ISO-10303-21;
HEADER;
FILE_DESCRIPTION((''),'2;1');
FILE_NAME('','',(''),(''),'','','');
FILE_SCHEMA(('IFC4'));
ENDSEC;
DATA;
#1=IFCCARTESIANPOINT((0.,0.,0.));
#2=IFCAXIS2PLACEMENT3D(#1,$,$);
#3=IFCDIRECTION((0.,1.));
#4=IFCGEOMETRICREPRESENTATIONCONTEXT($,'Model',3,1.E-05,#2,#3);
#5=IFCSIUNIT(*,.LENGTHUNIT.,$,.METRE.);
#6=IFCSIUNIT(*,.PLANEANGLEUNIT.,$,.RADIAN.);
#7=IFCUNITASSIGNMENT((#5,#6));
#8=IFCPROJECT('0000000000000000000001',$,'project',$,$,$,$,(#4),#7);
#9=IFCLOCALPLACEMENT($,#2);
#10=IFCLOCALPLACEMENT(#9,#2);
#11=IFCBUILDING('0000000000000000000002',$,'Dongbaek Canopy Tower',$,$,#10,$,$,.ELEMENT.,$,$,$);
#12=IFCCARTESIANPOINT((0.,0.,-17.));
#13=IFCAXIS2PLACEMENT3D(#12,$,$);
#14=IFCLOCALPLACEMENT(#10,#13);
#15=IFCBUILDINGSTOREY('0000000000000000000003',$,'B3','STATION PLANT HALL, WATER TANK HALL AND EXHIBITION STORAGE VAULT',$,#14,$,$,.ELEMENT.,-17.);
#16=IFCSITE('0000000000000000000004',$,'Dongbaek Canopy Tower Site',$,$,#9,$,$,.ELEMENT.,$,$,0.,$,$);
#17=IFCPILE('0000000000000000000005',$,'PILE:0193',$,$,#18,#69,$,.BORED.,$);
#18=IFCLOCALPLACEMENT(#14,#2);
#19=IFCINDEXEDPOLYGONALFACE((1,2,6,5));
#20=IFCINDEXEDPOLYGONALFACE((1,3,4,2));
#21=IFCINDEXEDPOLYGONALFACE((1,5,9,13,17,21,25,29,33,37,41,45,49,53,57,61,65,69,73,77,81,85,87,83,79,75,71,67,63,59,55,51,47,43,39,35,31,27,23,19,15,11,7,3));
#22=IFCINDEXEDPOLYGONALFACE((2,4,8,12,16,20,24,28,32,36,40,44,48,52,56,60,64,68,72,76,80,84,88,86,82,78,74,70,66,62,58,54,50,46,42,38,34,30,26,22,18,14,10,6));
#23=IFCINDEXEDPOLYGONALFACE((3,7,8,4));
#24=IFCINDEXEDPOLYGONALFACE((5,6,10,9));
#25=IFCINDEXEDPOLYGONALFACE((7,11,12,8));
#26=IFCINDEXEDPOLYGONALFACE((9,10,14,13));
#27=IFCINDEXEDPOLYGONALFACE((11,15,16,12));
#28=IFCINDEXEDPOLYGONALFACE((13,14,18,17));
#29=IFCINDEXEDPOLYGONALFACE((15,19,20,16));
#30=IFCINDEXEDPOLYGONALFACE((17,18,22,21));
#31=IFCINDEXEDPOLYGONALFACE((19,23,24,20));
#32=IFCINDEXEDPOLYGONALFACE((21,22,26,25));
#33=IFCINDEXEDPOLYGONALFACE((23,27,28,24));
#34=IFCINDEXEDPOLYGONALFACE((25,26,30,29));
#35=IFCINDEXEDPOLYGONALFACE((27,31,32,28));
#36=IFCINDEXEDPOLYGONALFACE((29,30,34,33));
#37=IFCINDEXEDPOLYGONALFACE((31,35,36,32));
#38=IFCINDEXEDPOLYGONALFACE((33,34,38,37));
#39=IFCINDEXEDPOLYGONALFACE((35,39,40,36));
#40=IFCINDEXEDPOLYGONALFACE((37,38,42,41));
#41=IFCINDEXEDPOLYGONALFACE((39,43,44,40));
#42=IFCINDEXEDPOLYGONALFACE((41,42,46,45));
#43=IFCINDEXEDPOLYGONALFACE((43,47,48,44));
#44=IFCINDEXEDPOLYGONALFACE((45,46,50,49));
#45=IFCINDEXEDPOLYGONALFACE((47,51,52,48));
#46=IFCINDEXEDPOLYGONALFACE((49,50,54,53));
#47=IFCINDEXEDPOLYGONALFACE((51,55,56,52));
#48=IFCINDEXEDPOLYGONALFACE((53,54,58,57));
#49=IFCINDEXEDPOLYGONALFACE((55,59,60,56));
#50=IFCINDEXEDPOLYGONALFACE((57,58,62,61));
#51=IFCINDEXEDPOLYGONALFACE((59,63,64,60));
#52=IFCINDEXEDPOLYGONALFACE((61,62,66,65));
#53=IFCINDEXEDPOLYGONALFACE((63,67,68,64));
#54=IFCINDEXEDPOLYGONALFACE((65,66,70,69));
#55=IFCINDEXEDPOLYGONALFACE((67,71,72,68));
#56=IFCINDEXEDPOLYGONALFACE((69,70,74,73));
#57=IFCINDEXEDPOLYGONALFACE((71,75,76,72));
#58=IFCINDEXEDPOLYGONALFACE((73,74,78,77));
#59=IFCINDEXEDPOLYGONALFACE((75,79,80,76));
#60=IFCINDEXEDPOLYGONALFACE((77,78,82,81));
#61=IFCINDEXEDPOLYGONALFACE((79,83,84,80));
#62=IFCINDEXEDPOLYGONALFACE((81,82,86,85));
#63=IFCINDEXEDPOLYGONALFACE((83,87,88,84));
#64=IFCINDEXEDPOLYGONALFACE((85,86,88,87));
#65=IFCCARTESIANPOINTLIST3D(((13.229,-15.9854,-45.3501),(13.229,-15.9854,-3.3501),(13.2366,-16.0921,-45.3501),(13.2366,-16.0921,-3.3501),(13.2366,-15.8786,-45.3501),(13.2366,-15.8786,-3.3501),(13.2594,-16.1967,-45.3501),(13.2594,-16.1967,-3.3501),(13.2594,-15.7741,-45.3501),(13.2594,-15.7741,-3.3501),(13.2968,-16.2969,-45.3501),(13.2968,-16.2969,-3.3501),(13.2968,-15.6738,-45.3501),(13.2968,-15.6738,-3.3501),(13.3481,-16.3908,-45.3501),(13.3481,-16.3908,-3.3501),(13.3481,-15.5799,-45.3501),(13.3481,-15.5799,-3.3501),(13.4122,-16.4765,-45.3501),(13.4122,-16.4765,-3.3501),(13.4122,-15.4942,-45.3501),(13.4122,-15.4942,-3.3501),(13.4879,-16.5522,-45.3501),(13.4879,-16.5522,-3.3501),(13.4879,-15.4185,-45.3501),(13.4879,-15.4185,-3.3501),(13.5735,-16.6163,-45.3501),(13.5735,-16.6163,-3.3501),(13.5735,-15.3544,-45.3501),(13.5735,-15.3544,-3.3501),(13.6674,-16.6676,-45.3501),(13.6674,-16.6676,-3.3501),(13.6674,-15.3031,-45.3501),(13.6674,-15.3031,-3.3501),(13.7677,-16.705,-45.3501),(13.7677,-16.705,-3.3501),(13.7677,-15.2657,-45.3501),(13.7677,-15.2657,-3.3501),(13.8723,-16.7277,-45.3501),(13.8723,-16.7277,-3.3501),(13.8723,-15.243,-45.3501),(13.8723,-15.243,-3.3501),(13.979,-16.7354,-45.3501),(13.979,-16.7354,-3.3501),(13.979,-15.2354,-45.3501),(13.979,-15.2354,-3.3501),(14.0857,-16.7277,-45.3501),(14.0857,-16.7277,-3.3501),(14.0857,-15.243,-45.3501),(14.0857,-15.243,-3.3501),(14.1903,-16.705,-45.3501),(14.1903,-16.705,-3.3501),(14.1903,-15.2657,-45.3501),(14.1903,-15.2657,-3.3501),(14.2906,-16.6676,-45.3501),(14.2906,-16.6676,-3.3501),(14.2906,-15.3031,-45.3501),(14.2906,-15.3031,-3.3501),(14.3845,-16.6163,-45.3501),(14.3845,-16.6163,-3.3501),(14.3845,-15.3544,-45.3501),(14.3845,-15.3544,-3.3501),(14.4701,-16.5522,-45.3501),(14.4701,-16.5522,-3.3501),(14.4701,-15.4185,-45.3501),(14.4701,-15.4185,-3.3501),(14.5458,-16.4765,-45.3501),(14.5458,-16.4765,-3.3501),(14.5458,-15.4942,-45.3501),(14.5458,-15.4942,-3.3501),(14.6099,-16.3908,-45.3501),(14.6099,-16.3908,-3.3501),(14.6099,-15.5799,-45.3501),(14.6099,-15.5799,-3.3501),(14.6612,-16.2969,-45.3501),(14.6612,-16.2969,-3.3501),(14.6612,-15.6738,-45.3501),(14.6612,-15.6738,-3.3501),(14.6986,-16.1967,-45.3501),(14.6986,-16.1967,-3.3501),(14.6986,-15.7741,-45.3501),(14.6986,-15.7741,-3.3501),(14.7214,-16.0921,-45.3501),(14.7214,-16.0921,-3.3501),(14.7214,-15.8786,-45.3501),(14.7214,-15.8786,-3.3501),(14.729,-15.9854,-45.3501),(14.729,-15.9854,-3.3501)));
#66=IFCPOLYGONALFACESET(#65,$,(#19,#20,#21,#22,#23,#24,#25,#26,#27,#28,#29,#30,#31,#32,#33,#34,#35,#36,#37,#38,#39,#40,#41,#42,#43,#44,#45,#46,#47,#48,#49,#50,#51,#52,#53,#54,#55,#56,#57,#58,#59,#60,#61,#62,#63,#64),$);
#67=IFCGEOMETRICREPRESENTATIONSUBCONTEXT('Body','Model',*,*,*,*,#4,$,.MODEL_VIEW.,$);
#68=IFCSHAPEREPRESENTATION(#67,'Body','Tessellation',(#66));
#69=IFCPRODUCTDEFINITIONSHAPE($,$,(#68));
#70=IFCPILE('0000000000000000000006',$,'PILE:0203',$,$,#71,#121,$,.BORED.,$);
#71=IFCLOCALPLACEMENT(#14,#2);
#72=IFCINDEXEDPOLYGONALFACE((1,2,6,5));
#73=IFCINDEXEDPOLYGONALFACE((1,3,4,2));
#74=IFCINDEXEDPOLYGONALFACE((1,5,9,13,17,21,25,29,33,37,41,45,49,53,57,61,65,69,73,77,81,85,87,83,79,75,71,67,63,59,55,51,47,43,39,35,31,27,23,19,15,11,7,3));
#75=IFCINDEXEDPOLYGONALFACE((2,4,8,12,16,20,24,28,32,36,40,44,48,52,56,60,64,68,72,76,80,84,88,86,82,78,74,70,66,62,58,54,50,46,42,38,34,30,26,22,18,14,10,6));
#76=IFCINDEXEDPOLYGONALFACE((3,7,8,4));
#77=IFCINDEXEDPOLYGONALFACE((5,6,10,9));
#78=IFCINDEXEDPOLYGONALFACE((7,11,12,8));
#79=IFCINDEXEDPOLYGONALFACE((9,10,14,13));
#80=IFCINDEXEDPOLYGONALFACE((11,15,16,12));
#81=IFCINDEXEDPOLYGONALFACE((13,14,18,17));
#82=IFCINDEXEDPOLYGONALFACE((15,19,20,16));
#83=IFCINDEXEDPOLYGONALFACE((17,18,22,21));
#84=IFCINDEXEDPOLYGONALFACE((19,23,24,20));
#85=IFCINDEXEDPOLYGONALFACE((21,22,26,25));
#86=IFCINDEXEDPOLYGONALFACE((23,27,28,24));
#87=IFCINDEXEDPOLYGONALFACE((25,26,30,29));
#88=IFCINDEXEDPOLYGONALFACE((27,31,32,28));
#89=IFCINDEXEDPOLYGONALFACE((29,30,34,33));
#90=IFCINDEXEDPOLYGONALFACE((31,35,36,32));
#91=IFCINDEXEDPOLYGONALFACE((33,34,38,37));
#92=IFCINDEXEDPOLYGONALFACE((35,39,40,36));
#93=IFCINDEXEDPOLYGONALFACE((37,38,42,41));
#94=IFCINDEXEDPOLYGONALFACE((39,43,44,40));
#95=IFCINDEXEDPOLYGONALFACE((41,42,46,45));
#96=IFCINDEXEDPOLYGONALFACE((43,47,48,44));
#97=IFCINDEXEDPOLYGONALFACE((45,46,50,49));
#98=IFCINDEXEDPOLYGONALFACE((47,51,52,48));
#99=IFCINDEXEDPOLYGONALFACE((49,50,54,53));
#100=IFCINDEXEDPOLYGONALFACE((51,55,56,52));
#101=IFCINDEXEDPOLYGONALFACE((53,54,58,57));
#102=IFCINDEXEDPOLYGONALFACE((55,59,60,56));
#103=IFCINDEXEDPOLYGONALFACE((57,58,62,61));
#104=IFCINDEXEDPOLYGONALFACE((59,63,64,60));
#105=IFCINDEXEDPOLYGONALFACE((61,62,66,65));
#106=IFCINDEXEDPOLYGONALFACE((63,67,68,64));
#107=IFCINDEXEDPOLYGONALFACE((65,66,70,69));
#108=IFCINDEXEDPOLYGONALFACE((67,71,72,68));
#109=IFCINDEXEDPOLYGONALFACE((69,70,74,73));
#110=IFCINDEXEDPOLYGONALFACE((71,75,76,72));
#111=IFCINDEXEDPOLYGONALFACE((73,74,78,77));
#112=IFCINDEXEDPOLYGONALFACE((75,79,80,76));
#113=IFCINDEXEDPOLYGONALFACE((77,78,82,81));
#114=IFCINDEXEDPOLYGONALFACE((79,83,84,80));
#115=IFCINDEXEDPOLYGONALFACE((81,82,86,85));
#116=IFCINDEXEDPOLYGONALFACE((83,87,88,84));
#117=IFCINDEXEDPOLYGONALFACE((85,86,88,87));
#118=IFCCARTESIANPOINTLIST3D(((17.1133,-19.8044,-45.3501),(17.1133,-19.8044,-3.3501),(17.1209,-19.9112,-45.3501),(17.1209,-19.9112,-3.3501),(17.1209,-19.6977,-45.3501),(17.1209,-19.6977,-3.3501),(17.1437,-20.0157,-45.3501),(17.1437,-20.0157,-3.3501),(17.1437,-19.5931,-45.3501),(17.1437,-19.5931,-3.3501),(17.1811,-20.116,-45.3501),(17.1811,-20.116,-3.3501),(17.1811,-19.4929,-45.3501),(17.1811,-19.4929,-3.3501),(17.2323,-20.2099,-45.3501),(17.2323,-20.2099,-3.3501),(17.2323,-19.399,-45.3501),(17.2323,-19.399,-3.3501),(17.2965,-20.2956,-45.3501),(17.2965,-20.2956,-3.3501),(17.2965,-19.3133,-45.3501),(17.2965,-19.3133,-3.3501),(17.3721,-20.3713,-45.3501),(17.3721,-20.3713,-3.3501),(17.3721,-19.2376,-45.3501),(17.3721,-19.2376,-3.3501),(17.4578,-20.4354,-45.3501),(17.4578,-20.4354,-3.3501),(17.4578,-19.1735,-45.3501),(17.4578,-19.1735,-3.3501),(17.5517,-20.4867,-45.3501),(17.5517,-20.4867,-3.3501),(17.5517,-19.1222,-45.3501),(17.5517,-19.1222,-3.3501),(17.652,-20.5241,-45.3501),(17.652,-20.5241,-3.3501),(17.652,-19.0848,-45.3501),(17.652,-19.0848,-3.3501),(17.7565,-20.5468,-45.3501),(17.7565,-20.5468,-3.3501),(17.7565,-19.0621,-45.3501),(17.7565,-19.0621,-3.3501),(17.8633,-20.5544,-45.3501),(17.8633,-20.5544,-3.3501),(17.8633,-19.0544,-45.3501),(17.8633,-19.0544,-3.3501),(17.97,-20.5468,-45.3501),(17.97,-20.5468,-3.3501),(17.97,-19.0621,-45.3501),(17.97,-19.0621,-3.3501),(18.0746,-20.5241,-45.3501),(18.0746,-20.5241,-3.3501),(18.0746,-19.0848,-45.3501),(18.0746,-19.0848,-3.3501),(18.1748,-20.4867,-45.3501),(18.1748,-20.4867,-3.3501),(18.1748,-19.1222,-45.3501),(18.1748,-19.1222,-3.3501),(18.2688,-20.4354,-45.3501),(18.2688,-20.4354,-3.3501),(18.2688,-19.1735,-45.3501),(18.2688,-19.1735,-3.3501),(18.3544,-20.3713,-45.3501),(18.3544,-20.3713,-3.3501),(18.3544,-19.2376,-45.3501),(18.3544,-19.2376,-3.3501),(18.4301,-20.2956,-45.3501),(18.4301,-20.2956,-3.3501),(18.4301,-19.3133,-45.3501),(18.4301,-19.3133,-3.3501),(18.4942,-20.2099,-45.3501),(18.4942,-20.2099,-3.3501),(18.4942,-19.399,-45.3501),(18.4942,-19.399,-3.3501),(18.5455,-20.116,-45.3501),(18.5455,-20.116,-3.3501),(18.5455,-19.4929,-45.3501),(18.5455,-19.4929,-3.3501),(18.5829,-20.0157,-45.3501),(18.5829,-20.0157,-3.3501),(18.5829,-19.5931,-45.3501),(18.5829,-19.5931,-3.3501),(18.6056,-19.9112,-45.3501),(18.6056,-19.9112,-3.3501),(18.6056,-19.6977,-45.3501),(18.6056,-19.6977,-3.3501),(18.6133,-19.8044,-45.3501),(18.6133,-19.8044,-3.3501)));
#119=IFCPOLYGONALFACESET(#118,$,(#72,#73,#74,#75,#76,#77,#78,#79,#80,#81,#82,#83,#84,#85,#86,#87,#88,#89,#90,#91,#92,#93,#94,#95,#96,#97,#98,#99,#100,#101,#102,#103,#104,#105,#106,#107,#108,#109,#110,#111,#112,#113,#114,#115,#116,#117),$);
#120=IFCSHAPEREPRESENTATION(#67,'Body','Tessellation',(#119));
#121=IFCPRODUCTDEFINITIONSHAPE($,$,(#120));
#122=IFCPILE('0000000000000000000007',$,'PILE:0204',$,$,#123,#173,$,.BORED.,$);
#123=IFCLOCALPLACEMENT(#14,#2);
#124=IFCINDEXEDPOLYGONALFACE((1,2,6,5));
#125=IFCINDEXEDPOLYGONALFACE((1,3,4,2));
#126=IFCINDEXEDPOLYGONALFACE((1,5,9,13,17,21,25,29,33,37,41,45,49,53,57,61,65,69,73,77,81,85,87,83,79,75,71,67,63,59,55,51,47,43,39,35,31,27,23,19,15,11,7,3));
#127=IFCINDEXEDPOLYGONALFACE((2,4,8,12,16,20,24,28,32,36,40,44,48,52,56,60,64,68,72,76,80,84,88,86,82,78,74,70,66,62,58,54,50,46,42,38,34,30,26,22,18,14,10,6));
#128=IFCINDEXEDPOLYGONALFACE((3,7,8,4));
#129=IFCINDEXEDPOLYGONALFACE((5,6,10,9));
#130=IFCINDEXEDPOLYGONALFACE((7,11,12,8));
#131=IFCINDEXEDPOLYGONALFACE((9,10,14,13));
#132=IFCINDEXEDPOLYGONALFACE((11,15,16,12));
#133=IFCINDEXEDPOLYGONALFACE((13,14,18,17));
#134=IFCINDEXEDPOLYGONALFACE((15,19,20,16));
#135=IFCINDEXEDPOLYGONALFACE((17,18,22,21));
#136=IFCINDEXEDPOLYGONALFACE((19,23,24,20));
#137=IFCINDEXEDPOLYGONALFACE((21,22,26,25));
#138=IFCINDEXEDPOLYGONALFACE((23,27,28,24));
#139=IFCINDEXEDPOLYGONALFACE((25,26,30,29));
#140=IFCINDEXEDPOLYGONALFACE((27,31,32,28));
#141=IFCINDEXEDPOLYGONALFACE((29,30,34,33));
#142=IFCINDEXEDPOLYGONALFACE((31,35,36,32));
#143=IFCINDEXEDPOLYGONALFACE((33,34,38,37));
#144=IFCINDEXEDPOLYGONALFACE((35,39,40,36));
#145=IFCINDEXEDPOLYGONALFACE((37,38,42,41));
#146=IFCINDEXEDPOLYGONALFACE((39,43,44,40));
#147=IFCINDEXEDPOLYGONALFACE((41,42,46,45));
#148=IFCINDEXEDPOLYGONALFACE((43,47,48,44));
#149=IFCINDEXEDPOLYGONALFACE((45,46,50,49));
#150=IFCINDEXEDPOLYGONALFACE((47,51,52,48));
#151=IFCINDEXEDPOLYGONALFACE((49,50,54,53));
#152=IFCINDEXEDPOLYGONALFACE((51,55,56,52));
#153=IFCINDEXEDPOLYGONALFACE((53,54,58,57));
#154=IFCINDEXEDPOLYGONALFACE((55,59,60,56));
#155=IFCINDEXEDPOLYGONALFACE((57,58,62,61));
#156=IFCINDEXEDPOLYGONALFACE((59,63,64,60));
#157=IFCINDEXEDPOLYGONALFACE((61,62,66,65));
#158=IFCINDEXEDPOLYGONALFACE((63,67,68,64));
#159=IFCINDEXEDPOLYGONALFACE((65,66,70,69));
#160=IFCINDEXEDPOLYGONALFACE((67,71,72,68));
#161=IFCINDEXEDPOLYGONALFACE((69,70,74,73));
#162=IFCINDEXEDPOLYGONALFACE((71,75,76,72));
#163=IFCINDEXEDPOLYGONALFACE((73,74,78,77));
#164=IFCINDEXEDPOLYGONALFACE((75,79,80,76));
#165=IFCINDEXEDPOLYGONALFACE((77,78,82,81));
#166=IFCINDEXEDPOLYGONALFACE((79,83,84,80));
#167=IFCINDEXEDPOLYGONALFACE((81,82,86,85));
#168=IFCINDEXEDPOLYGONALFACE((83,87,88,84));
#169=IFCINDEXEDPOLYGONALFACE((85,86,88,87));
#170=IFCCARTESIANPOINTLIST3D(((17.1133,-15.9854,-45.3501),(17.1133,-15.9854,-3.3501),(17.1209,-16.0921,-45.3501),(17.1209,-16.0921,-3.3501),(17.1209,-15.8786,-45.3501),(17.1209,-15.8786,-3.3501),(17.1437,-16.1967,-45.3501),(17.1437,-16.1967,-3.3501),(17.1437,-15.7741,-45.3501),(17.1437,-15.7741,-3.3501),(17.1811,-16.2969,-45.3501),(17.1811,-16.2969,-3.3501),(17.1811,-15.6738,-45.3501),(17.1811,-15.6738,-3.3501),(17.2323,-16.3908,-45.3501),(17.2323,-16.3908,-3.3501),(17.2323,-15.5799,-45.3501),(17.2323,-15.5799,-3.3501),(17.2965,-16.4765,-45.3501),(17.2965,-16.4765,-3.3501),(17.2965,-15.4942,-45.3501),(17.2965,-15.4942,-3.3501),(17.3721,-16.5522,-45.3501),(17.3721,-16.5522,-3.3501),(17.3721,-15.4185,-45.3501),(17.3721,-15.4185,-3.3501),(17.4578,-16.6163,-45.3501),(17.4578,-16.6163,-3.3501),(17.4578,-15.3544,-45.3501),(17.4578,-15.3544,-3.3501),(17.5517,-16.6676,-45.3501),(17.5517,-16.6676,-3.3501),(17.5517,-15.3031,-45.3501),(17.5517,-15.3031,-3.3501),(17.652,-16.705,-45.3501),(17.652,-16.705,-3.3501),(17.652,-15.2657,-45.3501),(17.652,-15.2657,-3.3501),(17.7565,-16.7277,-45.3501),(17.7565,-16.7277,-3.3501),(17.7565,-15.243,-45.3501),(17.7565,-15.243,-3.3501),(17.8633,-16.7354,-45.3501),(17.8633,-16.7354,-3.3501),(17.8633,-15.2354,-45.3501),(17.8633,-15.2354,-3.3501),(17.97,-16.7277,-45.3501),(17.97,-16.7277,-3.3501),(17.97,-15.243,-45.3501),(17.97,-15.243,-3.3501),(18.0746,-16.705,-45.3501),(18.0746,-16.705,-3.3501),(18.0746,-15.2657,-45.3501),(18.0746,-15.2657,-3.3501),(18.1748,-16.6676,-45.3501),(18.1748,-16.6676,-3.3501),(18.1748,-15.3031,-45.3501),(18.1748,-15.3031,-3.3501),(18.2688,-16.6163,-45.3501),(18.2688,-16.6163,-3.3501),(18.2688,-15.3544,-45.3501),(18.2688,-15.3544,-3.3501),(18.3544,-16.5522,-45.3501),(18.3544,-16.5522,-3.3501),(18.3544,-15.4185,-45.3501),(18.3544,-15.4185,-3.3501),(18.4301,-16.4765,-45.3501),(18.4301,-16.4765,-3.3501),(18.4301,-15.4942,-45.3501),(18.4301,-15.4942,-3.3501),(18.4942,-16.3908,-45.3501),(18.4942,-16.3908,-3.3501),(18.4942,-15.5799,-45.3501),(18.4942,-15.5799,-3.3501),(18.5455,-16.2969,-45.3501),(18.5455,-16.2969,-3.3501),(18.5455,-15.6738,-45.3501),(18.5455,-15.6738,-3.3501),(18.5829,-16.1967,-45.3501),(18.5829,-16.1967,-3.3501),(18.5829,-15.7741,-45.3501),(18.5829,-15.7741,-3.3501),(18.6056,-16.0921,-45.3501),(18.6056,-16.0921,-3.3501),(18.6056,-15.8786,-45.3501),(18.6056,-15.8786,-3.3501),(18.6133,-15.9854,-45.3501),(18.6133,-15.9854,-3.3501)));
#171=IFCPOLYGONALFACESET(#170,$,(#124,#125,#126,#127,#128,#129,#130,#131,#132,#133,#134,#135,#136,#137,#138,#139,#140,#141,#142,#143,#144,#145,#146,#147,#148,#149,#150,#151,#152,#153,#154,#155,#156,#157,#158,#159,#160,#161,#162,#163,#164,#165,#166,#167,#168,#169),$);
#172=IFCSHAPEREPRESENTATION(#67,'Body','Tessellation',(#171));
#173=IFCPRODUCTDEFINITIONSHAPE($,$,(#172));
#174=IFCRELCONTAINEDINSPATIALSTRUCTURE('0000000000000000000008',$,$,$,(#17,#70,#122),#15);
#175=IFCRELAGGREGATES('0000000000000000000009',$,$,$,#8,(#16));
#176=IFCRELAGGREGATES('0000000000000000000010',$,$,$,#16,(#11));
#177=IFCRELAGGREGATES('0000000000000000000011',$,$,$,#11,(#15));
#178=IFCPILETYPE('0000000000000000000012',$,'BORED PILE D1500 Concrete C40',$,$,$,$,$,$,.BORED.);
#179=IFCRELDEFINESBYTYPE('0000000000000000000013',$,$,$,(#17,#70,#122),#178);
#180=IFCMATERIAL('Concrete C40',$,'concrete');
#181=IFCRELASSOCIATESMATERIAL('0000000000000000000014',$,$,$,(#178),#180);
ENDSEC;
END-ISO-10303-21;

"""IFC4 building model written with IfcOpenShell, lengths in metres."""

from ifc_helpers import new_model, si_unit, direction, frame, origin, origin_2d, place, context, subcontext, project, spatial, circle, extrude, material, material_profile, profile_set, type_object, element, save


model = new_model("IFC4")

# Units and contexts
model_context = context("Model", 3, precision=1e-05, world=origin(), true_north=direction((0.0, 1.0)))
body_context = subcontext(model_context, "Body", "Model", "MODEL_VIEW")
ifc_project = project(units=[si_unit("LENGTHUNIT", "METRE"), si_unit("PLANEANGLEUNIT", "RADIAN")], contexts=[model_context])

# Site, building, storey
site_placement = place(None, origin())
site = spatial("IfcSite", under=ifc_project, at=site_placement, Name="Dongbaek Canopy Tower Site", CompositionType="ELEMENT", RefElevation=0.0)
building_placement = place(site_placement, origin())
building = spatial("IfcBuilding", under=site, at=building_placement, Name="Dongbaek Canopy Tower", CompositionType="ELEMENT")
storey_placement = place(building_placement, frame((0.0, 0.0, -17.0)))
storey = spatial("IfcBuildingStorey", under=building, at=storey_placement, Name="B3", Description="STATION PLANT HALL, WATER TANK HALL AND EXHIBITION STORAGE VAULT", CompositionType="ELEMENT", Elevation=-17.0)

# Piles
ifc_material_1 = material(Name="Concrete C40", Category="concrete")
ifc_material_profile_1 = material_profile(ifc_material_1, circle(Radius=0.75, at=origin_2d()), Name="BORED PILE D1500 Concrete C40")
ifc_profile_set_1 = profile_set([ifc_material_profile_1], Name="Concrete C40")
pile_type = type_object("IfcPileType", Name="BORED PILE D1500 Concrete C40", PredefinedType="BORED", material=ifc_profile_set_1)
for number, where, z_axis, x_axis, name in (
    (1, (13.979, -15.9854, -3.3501), (0.0, 0.0, -1.0), (1.0, 0.0, 0.0), "PILE:0193"),
    (2, (17.8633, -19.8044, -3.3501), (0.0, 0.0, -1.0), (1.0, 0.0, 0.0), "PILE:0203"),
    (3, (17.8633, -15.9854, -3.3501), (0.0, 0.0, -1.0), (1.0, 0.0, 0.0), "PILE:0204"),
):
    element("IfcPile", number, at=place(storey_placement, frame(where, z_axis=z_axis, x_axis=x_axis)), inside=storey, type_object=pile_type, Name=name, PredefinedType="BORED", context=body_context, shape_type="SweptSolid", body=[
        extrude(circle(Radius=0.75, at=origin_2d()), origin(), (0.0, 0.0, 1.0), 42.0),
    ])

save(model, "model.ifc")
